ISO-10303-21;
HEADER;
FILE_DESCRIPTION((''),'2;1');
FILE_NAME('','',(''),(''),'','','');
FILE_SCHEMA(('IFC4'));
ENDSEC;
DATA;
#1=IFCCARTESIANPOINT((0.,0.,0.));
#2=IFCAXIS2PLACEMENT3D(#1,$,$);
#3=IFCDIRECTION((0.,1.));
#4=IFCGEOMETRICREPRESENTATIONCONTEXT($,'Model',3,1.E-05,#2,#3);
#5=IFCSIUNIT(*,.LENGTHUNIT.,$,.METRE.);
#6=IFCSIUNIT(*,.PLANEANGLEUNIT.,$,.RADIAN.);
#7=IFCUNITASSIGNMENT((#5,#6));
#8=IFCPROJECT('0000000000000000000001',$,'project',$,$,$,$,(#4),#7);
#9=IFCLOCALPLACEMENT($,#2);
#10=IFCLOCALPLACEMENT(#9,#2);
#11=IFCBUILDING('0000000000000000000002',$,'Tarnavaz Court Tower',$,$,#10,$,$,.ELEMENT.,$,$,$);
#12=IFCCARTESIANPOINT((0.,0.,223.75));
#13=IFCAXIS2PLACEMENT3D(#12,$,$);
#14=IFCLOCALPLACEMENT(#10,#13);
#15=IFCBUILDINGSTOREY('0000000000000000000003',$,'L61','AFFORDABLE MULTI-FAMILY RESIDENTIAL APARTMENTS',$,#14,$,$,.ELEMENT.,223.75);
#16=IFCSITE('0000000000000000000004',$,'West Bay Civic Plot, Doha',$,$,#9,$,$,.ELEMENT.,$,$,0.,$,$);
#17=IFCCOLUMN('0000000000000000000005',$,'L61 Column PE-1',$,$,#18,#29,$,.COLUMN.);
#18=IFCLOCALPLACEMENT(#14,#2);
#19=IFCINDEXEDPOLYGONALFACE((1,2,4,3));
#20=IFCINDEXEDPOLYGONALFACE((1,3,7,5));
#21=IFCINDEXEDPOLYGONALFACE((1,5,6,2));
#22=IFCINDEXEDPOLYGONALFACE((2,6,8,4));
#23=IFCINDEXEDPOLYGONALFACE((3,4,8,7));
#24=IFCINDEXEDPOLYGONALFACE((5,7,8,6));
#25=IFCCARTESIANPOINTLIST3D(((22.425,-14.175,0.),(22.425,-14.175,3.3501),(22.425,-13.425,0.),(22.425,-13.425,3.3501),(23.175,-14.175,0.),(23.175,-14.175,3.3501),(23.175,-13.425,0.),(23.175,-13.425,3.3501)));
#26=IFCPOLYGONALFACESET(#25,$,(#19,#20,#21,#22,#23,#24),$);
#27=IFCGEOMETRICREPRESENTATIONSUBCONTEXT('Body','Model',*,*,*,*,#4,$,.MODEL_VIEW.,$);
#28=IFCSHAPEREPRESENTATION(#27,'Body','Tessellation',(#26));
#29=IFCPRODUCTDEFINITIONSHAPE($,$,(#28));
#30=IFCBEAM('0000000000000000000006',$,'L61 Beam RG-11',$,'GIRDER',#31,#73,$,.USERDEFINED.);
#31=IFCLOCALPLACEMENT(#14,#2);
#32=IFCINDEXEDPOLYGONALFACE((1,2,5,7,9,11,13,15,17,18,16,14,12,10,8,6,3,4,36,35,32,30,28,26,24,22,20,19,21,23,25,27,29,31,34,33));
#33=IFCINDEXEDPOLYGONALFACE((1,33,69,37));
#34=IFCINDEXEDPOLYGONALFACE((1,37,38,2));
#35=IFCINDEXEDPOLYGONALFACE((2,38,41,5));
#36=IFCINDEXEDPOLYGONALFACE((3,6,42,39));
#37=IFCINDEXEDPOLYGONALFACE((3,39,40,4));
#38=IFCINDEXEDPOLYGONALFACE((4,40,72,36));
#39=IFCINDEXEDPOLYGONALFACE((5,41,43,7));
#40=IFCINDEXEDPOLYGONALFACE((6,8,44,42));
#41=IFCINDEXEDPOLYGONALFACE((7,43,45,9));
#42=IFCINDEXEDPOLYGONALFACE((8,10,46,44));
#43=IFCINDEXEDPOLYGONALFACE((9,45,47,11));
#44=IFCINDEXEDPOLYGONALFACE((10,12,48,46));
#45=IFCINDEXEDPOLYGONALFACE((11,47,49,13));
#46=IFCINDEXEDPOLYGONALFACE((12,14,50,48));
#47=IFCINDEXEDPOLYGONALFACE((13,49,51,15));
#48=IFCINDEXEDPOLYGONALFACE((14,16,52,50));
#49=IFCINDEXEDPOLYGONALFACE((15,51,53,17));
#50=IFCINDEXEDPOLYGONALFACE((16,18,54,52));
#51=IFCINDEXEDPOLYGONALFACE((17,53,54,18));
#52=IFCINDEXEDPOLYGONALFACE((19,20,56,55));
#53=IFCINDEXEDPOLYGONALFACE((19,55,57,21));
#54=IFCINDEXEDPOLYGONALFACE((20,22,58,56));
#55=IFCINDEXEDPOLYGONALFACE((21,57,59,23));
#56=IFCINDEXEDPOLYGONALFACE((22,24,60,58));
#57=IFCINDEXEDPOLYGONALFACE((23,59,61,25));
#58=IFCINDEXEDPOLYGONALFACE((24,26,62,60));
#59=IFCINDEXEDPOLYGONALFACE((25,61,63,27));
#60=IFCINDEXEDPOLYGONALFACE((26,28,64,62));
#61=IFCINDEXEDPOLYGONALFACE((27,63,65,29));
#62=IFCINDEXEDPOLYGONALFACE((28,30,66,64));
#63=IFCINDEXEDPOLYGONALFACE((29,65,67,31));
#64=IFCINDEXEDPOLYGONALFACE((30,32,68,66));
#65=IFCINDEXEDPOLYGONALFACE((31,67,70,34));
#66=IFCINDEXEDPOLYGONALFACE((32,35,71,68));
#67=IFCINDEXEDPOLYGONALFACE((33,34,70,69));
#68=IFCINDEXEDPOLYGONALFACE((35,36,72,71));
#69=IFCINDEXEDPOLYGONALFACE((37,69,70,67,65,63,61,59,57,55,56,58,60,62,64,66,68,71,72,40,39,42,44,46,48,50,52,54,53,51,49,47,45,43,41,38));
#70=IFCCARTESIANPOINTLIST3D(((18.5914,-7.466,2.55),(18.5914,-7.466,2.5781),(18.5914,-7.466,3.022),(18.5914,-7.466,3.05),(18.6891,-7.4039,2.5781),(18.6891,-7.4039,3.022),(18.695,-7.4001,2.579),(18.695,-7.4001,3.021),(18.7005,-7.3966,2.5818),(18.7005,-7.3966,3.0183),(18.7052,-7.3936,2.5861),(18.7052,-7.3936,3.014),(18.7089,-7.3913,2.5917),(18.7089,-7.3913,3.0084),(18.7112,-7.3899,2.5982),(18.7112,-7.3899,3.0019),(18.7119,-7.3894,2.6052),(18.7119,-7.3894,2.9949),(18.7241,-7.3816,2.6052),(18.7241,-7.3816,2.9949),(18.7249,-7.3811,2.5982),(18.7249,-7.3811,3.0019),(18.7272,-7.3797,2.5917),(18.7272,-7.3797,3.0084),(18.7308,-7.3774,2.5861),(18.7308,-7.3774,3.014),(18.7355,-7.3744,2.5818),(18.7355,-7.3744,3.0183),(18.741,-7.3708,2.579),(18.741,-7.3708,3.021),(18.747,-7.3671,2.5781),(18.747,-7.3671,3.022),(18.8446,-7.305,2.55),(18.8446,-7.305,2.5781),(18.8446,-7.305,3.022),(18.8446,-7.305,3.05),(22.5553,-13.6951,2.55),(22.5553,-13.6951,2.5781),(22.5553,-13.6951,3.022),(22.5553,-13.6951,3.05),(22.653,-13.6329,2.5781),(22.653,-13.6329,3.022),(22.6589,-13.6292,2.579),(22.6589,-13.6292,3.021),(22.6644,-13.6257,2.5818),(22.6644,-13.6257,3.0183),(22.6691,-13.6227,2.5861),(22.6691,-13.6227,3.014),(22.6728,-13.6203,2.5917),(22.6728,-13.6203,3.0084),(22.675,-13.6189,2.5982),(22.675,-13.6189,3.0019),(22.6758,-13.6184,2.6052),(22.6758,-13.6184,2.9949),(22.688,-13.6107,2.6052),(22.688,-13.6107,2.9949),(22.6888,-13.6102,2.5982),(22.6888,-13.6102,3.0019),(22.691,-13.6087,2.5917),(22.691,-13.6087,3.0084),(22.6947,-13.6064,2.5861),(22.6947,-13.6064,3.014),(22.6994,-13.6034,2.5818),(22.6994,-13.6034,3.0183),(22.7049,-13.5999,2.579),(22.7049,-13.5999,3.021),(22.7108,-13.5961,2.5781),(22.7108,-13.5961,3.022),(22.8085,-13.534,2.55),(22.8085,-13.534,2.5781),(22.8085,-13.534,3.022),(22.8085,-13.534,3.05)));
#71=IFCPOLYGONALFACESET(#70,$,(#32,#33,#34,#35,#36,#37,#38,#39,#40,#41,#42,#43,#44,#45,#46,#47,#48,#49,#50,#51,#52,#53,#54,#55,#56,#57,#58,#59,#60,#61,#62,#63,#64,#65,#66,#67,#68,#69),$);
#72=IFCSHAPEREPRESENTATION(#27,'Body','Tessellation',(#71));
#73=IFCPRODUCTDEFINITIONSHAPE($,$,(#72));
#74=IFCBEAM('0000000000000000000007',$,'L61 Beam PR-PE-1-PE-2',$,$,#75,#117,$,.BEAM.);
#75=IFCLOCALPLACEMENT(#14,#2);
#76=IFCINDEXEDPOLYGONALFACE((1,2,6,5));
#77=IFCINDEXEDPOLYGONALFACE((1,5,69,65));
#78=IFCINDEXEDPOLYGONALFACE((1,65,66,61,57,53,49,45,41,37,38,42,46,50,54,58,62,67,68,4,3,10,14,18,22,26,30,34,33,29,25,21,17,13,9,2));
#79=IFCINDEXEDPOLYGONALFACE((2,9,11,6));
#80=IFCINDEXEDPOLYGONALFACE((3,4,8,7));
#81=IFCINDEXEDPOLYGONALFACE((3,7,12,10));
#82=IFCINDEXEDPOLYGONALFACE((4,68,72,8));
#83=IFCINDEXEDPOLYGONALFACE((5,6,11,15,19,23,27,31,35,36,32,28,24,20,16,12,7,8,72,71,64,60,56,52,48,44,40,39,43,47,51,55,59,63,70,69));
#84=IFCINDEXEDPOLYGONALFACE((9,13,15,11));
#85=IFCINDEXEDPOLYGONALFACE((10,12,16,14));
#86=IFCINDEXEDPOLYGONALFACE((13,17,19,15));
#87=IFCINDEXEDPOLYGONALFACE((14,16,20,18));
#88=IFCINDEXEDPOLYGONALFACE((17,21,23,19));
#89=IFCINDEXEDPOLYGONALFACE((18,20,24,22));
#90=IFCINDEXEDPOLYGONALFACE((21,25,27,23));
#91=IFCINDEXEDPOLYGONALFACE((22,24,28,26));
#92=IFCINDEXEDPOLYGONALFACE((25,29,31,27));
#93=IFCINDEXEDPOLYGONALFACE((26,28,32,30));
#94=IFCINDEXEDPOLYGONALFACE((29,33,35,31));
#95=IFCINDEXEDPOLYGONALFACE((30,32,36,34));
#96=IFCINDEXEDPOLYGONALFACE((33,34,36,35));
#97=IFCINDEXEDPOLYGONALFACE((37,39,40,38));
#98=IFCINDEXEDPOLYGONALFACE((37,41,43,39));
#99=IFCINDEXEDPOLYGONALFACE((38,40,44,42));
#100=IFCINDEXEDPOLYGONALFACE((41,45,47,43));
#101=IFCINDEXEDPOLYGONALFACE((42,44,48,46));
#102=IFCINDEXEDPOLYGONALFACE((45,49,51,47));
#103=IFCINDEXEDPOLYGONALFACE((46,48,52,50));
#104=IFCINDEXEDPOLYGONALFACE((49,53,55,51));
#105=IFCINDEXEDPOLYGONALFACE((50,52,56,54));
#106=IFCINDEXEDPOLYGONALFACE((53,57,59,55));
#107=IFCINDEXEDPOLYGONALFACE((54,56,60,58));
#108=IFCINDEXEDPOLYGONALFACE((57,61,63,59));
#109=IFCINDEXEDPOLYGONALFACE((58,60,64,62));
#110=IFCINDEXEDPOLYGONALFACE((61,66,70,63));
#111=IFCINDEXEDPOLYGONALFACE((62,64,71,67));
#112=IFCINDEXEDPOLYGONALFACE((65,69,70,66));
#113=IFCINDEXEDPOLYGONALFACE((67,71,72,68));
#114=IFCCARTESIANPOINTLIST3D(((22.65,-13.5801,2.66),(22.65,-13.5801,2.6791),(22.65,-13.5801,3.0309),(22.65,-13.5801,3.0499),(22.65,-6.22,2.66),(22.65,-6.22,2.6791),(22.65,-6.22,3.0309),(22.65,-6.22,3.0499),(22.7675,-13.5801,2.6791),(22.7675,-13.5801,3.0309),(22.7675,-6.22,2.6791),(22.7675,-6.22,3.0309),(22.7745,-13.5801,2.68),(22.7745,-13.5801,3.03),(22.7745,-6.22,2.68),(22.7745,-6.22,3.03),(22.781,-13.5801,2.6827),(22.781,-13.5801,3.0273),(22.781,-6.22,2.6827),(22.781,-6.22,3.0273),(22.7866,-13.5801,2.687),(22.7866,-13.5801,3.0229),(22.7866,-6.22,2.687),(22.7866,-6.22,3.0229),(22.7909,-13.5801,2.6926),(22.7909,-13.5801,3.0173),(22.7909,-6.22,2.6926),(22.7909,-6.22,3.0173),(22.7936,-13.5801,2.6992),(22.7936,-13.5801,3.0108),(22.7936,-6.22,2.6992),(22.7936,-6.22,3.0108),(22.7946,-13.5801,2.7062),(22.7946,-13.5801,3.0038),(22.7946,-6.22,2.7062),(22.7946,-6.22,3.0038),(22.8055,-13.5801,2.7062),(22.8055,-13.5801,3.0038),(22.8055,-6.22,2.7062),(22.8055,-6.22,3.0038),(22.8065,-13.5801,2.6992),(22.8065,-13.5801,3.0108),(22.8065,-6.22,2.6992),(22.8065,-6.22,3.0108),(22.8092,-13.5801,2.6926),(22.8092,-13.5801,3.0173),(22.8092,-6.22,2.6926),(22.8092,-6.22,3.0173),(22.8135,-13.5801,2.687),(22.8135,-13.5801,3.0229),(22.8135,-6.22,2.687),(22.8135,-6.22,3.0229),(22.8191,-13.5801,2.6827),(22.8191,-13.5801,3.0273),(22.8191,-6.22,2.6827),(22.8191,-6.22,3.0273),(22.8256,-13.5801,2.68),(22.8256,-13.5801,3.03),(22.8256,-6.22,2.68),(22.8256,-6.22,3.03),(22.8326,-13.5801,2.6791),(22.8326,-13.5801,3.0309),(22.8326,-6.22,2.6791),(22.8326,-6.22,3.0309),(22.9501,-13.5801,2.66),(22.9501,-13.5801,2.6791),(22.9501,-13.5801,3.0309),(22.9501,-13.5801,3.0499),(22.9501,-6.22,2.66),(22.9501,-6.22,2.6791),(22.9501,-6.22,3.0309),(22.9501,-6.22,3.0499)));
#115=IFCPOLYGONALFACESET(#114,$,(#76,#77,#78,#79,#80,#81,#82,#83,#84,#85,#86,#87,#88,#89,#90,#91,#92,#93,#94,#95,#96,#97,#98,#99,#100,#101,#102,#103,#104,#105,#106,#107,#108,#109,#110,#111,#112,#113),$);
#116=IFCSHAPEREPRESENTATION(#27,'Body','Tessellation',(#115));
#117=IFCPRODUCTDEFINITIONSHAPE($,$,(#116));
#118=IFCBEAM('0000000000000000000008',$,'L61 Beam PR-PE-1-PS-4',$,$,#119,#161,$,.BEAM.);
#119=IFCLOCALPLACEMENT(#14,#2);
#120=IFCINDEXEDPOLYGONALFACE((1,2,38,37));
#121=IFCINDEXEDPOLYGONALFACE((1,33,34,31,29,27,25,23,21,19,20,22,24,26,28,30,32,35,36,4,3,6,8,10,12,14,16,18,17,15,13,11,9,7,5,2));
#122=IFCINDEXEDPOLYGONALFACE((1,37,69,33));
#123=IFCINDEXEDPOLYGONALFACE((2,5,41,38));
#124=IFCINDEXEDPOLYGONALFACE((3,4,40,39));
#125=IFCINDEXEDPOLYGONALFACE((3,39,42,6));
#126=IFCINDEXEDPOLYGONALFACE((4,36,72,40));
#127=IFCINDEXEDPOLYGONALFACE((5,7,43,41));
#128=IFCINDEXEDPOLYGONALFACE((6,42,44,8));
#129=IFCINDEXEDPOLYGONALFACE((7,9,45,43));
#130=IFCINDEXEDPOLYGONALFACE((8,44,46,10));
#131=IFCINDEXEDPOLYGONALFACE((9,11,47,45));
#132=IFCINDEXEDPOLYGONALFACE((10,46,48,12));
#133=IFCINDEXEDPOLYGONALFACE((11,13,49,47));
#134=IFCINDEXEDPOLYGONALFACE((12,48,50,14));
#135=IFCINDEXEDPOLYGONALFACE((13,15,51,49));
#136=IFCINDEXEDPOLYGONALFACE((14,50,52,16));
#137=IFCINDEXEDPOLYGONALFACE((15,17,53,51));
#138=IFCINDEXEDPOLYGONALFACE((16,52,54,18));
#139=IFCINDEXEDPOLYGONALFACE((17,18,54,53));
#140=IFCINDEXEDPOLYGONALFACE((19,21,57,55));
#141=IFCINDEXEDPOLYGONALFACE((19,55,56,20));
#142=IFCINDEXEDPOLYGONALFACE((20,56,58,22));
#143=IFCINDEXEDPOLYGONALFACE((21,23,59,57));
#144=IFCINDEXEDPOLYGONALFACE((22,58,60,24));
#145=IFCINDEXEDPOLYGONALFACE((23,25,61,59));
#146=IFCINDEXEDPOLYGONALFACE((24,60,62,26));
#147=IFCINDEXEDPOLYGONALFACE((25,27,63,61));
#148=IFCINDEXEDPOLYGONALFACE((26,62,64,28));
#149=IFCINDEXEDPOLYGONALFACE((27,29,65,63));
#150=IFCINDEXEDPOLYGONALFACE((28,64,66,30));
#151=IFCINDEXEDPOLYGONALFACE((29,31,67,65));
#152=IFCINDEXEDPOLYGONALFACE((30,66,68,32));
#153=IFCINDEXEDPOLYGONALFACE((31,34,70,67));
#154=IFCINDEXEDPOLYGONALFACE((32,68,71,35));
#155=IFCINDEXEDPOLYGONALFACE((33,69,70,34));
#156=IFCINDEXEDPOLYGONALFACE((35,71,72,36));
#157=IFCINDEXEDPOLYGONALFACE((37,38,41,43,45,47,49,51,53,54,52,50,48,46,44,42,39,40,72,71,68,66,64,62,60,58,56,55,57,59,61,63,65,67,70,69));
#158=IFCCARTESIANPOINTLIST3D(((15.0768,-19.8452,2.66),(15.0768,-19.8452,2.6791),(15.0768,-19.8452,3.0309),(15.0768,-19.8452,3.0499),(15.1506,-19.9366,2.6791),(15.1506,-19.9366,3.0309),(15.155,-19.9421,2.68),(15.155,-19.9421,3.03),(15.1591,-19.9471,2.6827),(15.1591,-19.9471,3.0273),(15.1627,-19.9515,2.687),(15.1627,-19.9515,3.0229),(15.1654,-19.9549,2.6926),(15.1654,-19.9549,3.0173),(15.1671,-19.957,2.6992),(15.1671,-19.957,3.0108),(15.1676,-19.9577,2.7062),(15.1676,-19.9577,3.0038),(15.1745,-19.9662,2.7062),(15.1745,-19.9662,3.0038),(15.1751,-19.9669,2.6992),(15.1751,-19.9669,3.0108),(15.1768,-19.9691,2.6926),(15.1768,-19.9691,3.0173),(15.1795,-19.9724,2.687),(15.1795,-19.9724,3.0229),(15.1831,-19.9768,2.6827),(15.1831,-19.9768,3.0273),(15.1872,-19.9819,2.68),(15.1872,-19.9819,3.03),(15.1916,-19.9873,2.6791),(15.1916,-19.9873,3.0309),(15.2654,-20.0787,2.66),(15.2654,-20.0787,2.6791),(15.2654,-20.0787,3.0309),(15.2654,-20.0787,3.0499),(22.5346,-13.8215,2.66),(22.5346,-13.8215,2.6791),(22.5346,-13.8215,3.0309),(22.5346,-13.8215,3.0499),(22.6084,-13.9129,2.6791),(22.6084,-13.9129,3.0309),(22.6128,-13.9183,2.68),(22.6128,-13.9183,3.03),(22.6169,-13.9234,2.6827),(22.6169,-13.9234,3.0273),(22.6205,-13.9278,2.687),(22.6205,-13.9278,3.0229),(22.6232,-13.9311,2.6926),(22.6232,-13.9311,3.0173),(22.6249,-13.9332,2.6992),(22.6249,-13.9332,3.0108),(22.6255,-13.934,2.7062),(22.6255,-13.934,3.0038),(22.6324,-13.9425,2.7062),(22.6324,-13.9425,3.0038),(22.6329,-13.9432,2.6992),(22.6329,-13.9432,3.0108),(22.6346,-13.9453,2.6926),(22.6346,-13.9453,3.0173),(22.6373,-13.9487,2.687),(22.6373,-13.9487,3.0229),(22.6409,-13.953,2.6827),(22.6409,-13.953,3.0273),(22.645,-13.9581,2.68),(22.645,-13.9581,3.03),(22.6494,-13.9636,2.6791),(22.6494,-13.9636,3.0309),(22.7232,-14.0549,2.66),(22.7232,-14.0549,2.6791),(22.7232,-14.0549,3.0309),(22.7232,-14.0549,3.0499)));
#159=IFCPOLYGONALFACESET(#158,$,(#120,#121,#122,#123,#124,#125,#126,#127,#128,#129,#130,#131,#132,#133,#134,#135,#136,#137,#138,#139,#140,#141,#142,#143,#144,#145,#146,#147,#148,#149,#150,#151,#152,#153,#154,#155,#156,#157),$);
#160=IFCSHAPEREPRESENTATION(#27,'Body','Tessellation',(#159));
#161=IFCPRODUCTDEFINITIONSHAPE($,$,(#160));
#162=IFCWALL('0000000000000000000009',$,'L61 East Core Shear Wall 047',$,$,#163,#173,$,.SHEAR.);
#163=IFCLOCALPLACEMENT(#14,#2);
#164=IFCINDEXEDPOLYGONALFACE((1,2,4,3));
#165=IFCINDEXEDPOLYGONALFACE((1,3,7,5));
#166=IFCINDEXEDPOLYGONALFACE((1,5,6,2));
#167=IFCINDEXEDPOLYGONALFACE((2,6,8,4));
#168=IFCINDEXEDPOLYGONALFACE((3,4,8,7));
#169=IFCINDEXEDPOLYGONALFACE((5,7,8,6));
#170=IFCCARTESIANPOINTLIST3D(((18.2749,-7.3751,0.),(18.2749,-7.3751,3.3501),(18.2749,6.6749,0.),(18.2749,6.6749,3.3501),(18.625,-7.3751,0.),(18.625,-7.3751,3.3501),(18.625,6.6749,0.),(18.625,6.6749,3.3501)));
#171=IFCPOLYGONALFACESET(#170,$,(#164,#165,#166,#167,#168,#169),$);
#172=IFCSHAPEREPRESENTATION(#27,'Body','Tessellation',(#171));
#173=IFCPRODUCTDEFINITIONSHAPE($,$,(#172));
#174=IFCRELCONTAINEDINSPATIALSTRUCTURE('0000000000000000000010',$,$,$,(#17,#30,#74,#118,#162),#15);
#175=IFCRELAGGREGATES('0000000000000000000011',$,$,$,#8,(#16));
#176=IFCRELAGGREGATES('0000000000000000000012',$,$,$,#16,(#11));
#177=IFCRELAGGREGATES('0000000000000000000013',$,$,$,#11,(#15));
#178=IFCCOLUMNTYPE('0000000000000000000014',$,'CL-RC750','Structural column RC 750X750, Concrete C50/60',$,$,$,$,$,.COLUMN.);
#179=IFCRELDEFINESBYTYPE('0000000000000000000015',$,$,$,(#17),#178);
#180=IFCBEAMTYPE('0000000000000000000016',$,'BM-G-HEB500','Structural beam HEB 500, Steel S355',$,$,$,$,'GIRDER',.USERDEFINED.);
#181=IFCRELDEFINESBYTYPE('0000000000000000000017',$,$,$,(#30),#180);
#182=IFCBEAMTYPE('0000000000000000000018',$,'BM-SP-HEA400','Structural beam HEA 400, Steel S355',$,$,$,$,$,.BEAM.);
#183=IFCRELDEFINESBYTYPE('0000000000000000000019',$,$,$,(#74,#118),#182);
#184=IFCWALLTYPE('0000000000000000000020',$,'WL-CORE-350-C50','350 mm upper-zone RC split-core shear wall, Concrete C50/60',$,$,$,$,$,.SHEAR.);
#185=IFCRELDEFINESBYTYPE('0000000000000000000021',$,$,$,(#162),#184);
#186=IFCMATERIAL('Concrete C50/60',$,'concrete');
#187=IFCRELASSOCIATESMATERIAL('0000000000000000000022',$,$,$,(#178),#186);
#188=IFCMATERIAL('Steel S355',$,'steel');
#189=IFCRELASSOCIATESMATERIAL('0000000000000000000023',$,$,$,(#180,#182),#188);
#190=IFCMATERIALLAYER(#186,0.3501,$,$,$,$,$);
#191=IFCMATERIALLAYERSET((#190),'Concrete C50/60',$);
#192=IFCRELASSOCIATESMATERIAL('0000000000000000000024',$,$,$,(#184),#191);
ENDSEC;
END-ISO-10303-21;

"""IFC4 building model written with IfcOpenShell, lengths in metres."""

from ifc_helpers import new_model, si_unit, direction, frame, frame_2d, origin, origin_2d, place, context, subcontext, project, spatial, rectangle, i_section, extrude, material, layer, layer_set, material_profile, profile_set, type_object, element, save


model = new_model("IFC4")

# Units and contexts
model_context = context("Model", 3, precision=1e-05, world=origin(), true_north=direction((0.0, 1.0)))
body_context = subcontext(model_context, "Body", "Model", "MODEL_VIEW")
ifc_project = project(units=[si_unit("LENGTHUNIT", "METRE"), si_unit("PLANEANGLEUNIT", "RADIAN")], contexts=[model_context])

# Site, building, storey
site_placement = place(None, origin())
site = spatial("IfcSite", under=ifc_project, at=site_placement, Name="West Bay Civic Plot, Doha", CompositionType="ELEMENT", RefElevation=0.0)
building_placement = place(site_placement, origin())
building = spatial("IfcBuilding", under=site, at=building_placement, Name="Tarnavaz Court Tower", CompositionType="ELEMENT")
storey_placement = place(building_placement, frame((0.0, 0.0, 223.75)))
storey = spatial("IfcBuildingStorey", under=building, at=storey_placement, Name="L61", Description="AFFORDABLE MULTI-FAMILY RESIDENTIAL APARTMENTS", CompositionType="ELEMENT", Elevation=223.75)

# Column
ifc_material_1 = material(Name="Concrete C50/60", Category="concrete")
ifc_material_profile_1 = material_profile(ifc_material_1, rectangle(XDim=0.75, YDim=0.75, at=origin_2d()), Name="RC 750X750")
ifc_profile_set_1 = profile_set([ifc_material_profile_1], Name="Concrete C50/60")
column_type = type_object("IfcColumnType", Name="CL-RC750", Description="Structural column RC 750X750, Concrete C50/60", PredefinedType="COLUMN", material=ifc_profile_set_1)
column_placement = place(storey_placement, frame((22.8, -13.8, 0.0), z_axis=(0.0, 0.0, 1.0), x_axis=(1.0, 0.0, 0.0)))
element("IfcColumn", 1, at=column_placement, inside=storey, type_object=column_type, Name="L61 Column PE-1", PredefinedType="COLUMN", context=body_context, shape_type="SweptSolid", body=[
    extrude(rectangle(XDim=0.75, YDim=0.75, at=origin_2d()), origin(), (0.0, 0.0, 1.0), 3.3501),
])

# Beams
ifc_material_2 = material(Name="Steel S355", Category="steel")
ifc_material_profile_2 = material_profile(ifc_material_2, i_section(OverallWidth=0.3, OverallDepth=0.5, WebThickness=0.0144, FlangeThickness=0.0281, FilletRadius=0.0271, at=origin_2d()), Name="HEB 500")
ifc_profile_set_2 = profile_set([ifc_material_profile_2], Name="Steel S355")
beam_type_1 = type_object("IfcBeamType", Name="BM-G-HEB500", Description="Structural beam HEB 500, Steel S355", ElementType="GIRDER", PredefinedType="USERDEFINED", material=ifc_profile_set_2)
beam_1_placement = place(storey_placement, frame((18.718, -7.3855, 2.8), z_axis=(0.536871, -0.843664, 0.0), x_axis=(0.843664, 0.536871, 0.0)))
element("IfcBeam", 2, at=beam_1_placement, inside=storey, type_object=beam_type_1, Name="L61 Beam RG-11", ObjectType="GIRDER", PredefinedType="USERDEFINED", context=body_context, shape_type="SweptSolid", body=[
    extrude(i_section(OverallWidth=0.3, OverallDepth=0.5, WebThickness=0.0144, FlangeThickness=0.0281, FilletRadius=0.0271, at=origin_2d()), origin(), (0.0, 0.0, 1.0), 7.3833),
])
ifc_material_profile_3 = material_profile(ifc_material_2, i_section(OverallWidth=0.3, OverallDepth=0.3899, WebThickness=0.011, FlangeThickness=0.019, FilletRadius=0.0271, at=origin_2d()), Name="HEA 400")
ifc_profile_set_3 = profile_set([ifc_material_profile_3], Name="Steel S355")
beam_type_2 = type_object("IfcBeamType", Name="BM-SP-HEA400", Description="Structural beam HEA 400, Steel S355", PredefinedType="BEAM", material=ifc_profile_set_3)
beam_2_placement = place(storey_placement, frame((22.8, -13.5801, 2.855), z_axis=(0.0, 1.0, 0.0), x_axis=(-1.0, 0.0, 0.0)))
element("IfcBeam", 3, at=beam_2_placement, inside=storey, type_object=beam_type_2, Name="L61 Beam PR-PE-1-PE-2", PredefinedType="BEAM", context=body_context, shape_type="SweptSolid", body=[
    extrude(i_section(OverallWidth=0.3, OverallDepth=0.3899, WebThickness=0.011, FlangeThickness=0.019, FilletRadius=0.0271, at=origin_2d()), origin(), (0.0, 0.0, 1.0), 7.3601),
])
beam_3_placement = place(storey_placement, frame((22.6289, -13.9382, 2.855), z_axis=(-0.777936, -0.628344, 0.0), x_axis=(0.628344, -0.777936, 0.0)))
element("IfcBeam", 4, at=beam_3_placement, inside=storey, type_object=beam_type_2, Name="L61 Beam PR-PE-1-PS-4", PredefinedType="BEAM", context=body_context, shape_type="SweptSolid", body=[
    extrude(i_section(OverallWidth=0.3, OverallDepth=0.3899, WebThickness=0.011, FlangeThickness=0.019, FilletRadius=0.0271, at=origin_2d()), origin(), (0.0, 0.0, 1.0), 9.5867),
])

# Wall
ifc_layer_1 = layer(ifc_material_1, 0.3501)
ifc_layer_set_1 = layer_set([ifc_layer_1], Name="Concrete C50/60")
wall_type_1 = type_object("IfcWallType", Name="WL-CORE-350-C50", Description="350 mm upper-zone RC split-core shear wall, Concrete C50/60", PredefinedType="SHEAR", material=ifc_layer_set_1)
wall_1_placement = place(storey_placement, frame((18.45, -7.375, 0.0), z_axis=(0.0, 0.0, 1.0), x_axis=(0.0, 1.0, 0.0)))
element("IfcWall", 5, at=wall_1_placement, inside=storey, type_object=wall_type_1, Name="L61 East Core Shear Wall 047", PredefinedType="SHEAR", context=body_context, shape_type="SweptSolid", body=[
    extrude(rectangle(XDim=14.05, YDim=0.3501, at=frame_2d((7.0249, 0.0))), origin(), (0.0, 0.0, 1.0), 3.3501),
])

save(model, "model.ifc")
